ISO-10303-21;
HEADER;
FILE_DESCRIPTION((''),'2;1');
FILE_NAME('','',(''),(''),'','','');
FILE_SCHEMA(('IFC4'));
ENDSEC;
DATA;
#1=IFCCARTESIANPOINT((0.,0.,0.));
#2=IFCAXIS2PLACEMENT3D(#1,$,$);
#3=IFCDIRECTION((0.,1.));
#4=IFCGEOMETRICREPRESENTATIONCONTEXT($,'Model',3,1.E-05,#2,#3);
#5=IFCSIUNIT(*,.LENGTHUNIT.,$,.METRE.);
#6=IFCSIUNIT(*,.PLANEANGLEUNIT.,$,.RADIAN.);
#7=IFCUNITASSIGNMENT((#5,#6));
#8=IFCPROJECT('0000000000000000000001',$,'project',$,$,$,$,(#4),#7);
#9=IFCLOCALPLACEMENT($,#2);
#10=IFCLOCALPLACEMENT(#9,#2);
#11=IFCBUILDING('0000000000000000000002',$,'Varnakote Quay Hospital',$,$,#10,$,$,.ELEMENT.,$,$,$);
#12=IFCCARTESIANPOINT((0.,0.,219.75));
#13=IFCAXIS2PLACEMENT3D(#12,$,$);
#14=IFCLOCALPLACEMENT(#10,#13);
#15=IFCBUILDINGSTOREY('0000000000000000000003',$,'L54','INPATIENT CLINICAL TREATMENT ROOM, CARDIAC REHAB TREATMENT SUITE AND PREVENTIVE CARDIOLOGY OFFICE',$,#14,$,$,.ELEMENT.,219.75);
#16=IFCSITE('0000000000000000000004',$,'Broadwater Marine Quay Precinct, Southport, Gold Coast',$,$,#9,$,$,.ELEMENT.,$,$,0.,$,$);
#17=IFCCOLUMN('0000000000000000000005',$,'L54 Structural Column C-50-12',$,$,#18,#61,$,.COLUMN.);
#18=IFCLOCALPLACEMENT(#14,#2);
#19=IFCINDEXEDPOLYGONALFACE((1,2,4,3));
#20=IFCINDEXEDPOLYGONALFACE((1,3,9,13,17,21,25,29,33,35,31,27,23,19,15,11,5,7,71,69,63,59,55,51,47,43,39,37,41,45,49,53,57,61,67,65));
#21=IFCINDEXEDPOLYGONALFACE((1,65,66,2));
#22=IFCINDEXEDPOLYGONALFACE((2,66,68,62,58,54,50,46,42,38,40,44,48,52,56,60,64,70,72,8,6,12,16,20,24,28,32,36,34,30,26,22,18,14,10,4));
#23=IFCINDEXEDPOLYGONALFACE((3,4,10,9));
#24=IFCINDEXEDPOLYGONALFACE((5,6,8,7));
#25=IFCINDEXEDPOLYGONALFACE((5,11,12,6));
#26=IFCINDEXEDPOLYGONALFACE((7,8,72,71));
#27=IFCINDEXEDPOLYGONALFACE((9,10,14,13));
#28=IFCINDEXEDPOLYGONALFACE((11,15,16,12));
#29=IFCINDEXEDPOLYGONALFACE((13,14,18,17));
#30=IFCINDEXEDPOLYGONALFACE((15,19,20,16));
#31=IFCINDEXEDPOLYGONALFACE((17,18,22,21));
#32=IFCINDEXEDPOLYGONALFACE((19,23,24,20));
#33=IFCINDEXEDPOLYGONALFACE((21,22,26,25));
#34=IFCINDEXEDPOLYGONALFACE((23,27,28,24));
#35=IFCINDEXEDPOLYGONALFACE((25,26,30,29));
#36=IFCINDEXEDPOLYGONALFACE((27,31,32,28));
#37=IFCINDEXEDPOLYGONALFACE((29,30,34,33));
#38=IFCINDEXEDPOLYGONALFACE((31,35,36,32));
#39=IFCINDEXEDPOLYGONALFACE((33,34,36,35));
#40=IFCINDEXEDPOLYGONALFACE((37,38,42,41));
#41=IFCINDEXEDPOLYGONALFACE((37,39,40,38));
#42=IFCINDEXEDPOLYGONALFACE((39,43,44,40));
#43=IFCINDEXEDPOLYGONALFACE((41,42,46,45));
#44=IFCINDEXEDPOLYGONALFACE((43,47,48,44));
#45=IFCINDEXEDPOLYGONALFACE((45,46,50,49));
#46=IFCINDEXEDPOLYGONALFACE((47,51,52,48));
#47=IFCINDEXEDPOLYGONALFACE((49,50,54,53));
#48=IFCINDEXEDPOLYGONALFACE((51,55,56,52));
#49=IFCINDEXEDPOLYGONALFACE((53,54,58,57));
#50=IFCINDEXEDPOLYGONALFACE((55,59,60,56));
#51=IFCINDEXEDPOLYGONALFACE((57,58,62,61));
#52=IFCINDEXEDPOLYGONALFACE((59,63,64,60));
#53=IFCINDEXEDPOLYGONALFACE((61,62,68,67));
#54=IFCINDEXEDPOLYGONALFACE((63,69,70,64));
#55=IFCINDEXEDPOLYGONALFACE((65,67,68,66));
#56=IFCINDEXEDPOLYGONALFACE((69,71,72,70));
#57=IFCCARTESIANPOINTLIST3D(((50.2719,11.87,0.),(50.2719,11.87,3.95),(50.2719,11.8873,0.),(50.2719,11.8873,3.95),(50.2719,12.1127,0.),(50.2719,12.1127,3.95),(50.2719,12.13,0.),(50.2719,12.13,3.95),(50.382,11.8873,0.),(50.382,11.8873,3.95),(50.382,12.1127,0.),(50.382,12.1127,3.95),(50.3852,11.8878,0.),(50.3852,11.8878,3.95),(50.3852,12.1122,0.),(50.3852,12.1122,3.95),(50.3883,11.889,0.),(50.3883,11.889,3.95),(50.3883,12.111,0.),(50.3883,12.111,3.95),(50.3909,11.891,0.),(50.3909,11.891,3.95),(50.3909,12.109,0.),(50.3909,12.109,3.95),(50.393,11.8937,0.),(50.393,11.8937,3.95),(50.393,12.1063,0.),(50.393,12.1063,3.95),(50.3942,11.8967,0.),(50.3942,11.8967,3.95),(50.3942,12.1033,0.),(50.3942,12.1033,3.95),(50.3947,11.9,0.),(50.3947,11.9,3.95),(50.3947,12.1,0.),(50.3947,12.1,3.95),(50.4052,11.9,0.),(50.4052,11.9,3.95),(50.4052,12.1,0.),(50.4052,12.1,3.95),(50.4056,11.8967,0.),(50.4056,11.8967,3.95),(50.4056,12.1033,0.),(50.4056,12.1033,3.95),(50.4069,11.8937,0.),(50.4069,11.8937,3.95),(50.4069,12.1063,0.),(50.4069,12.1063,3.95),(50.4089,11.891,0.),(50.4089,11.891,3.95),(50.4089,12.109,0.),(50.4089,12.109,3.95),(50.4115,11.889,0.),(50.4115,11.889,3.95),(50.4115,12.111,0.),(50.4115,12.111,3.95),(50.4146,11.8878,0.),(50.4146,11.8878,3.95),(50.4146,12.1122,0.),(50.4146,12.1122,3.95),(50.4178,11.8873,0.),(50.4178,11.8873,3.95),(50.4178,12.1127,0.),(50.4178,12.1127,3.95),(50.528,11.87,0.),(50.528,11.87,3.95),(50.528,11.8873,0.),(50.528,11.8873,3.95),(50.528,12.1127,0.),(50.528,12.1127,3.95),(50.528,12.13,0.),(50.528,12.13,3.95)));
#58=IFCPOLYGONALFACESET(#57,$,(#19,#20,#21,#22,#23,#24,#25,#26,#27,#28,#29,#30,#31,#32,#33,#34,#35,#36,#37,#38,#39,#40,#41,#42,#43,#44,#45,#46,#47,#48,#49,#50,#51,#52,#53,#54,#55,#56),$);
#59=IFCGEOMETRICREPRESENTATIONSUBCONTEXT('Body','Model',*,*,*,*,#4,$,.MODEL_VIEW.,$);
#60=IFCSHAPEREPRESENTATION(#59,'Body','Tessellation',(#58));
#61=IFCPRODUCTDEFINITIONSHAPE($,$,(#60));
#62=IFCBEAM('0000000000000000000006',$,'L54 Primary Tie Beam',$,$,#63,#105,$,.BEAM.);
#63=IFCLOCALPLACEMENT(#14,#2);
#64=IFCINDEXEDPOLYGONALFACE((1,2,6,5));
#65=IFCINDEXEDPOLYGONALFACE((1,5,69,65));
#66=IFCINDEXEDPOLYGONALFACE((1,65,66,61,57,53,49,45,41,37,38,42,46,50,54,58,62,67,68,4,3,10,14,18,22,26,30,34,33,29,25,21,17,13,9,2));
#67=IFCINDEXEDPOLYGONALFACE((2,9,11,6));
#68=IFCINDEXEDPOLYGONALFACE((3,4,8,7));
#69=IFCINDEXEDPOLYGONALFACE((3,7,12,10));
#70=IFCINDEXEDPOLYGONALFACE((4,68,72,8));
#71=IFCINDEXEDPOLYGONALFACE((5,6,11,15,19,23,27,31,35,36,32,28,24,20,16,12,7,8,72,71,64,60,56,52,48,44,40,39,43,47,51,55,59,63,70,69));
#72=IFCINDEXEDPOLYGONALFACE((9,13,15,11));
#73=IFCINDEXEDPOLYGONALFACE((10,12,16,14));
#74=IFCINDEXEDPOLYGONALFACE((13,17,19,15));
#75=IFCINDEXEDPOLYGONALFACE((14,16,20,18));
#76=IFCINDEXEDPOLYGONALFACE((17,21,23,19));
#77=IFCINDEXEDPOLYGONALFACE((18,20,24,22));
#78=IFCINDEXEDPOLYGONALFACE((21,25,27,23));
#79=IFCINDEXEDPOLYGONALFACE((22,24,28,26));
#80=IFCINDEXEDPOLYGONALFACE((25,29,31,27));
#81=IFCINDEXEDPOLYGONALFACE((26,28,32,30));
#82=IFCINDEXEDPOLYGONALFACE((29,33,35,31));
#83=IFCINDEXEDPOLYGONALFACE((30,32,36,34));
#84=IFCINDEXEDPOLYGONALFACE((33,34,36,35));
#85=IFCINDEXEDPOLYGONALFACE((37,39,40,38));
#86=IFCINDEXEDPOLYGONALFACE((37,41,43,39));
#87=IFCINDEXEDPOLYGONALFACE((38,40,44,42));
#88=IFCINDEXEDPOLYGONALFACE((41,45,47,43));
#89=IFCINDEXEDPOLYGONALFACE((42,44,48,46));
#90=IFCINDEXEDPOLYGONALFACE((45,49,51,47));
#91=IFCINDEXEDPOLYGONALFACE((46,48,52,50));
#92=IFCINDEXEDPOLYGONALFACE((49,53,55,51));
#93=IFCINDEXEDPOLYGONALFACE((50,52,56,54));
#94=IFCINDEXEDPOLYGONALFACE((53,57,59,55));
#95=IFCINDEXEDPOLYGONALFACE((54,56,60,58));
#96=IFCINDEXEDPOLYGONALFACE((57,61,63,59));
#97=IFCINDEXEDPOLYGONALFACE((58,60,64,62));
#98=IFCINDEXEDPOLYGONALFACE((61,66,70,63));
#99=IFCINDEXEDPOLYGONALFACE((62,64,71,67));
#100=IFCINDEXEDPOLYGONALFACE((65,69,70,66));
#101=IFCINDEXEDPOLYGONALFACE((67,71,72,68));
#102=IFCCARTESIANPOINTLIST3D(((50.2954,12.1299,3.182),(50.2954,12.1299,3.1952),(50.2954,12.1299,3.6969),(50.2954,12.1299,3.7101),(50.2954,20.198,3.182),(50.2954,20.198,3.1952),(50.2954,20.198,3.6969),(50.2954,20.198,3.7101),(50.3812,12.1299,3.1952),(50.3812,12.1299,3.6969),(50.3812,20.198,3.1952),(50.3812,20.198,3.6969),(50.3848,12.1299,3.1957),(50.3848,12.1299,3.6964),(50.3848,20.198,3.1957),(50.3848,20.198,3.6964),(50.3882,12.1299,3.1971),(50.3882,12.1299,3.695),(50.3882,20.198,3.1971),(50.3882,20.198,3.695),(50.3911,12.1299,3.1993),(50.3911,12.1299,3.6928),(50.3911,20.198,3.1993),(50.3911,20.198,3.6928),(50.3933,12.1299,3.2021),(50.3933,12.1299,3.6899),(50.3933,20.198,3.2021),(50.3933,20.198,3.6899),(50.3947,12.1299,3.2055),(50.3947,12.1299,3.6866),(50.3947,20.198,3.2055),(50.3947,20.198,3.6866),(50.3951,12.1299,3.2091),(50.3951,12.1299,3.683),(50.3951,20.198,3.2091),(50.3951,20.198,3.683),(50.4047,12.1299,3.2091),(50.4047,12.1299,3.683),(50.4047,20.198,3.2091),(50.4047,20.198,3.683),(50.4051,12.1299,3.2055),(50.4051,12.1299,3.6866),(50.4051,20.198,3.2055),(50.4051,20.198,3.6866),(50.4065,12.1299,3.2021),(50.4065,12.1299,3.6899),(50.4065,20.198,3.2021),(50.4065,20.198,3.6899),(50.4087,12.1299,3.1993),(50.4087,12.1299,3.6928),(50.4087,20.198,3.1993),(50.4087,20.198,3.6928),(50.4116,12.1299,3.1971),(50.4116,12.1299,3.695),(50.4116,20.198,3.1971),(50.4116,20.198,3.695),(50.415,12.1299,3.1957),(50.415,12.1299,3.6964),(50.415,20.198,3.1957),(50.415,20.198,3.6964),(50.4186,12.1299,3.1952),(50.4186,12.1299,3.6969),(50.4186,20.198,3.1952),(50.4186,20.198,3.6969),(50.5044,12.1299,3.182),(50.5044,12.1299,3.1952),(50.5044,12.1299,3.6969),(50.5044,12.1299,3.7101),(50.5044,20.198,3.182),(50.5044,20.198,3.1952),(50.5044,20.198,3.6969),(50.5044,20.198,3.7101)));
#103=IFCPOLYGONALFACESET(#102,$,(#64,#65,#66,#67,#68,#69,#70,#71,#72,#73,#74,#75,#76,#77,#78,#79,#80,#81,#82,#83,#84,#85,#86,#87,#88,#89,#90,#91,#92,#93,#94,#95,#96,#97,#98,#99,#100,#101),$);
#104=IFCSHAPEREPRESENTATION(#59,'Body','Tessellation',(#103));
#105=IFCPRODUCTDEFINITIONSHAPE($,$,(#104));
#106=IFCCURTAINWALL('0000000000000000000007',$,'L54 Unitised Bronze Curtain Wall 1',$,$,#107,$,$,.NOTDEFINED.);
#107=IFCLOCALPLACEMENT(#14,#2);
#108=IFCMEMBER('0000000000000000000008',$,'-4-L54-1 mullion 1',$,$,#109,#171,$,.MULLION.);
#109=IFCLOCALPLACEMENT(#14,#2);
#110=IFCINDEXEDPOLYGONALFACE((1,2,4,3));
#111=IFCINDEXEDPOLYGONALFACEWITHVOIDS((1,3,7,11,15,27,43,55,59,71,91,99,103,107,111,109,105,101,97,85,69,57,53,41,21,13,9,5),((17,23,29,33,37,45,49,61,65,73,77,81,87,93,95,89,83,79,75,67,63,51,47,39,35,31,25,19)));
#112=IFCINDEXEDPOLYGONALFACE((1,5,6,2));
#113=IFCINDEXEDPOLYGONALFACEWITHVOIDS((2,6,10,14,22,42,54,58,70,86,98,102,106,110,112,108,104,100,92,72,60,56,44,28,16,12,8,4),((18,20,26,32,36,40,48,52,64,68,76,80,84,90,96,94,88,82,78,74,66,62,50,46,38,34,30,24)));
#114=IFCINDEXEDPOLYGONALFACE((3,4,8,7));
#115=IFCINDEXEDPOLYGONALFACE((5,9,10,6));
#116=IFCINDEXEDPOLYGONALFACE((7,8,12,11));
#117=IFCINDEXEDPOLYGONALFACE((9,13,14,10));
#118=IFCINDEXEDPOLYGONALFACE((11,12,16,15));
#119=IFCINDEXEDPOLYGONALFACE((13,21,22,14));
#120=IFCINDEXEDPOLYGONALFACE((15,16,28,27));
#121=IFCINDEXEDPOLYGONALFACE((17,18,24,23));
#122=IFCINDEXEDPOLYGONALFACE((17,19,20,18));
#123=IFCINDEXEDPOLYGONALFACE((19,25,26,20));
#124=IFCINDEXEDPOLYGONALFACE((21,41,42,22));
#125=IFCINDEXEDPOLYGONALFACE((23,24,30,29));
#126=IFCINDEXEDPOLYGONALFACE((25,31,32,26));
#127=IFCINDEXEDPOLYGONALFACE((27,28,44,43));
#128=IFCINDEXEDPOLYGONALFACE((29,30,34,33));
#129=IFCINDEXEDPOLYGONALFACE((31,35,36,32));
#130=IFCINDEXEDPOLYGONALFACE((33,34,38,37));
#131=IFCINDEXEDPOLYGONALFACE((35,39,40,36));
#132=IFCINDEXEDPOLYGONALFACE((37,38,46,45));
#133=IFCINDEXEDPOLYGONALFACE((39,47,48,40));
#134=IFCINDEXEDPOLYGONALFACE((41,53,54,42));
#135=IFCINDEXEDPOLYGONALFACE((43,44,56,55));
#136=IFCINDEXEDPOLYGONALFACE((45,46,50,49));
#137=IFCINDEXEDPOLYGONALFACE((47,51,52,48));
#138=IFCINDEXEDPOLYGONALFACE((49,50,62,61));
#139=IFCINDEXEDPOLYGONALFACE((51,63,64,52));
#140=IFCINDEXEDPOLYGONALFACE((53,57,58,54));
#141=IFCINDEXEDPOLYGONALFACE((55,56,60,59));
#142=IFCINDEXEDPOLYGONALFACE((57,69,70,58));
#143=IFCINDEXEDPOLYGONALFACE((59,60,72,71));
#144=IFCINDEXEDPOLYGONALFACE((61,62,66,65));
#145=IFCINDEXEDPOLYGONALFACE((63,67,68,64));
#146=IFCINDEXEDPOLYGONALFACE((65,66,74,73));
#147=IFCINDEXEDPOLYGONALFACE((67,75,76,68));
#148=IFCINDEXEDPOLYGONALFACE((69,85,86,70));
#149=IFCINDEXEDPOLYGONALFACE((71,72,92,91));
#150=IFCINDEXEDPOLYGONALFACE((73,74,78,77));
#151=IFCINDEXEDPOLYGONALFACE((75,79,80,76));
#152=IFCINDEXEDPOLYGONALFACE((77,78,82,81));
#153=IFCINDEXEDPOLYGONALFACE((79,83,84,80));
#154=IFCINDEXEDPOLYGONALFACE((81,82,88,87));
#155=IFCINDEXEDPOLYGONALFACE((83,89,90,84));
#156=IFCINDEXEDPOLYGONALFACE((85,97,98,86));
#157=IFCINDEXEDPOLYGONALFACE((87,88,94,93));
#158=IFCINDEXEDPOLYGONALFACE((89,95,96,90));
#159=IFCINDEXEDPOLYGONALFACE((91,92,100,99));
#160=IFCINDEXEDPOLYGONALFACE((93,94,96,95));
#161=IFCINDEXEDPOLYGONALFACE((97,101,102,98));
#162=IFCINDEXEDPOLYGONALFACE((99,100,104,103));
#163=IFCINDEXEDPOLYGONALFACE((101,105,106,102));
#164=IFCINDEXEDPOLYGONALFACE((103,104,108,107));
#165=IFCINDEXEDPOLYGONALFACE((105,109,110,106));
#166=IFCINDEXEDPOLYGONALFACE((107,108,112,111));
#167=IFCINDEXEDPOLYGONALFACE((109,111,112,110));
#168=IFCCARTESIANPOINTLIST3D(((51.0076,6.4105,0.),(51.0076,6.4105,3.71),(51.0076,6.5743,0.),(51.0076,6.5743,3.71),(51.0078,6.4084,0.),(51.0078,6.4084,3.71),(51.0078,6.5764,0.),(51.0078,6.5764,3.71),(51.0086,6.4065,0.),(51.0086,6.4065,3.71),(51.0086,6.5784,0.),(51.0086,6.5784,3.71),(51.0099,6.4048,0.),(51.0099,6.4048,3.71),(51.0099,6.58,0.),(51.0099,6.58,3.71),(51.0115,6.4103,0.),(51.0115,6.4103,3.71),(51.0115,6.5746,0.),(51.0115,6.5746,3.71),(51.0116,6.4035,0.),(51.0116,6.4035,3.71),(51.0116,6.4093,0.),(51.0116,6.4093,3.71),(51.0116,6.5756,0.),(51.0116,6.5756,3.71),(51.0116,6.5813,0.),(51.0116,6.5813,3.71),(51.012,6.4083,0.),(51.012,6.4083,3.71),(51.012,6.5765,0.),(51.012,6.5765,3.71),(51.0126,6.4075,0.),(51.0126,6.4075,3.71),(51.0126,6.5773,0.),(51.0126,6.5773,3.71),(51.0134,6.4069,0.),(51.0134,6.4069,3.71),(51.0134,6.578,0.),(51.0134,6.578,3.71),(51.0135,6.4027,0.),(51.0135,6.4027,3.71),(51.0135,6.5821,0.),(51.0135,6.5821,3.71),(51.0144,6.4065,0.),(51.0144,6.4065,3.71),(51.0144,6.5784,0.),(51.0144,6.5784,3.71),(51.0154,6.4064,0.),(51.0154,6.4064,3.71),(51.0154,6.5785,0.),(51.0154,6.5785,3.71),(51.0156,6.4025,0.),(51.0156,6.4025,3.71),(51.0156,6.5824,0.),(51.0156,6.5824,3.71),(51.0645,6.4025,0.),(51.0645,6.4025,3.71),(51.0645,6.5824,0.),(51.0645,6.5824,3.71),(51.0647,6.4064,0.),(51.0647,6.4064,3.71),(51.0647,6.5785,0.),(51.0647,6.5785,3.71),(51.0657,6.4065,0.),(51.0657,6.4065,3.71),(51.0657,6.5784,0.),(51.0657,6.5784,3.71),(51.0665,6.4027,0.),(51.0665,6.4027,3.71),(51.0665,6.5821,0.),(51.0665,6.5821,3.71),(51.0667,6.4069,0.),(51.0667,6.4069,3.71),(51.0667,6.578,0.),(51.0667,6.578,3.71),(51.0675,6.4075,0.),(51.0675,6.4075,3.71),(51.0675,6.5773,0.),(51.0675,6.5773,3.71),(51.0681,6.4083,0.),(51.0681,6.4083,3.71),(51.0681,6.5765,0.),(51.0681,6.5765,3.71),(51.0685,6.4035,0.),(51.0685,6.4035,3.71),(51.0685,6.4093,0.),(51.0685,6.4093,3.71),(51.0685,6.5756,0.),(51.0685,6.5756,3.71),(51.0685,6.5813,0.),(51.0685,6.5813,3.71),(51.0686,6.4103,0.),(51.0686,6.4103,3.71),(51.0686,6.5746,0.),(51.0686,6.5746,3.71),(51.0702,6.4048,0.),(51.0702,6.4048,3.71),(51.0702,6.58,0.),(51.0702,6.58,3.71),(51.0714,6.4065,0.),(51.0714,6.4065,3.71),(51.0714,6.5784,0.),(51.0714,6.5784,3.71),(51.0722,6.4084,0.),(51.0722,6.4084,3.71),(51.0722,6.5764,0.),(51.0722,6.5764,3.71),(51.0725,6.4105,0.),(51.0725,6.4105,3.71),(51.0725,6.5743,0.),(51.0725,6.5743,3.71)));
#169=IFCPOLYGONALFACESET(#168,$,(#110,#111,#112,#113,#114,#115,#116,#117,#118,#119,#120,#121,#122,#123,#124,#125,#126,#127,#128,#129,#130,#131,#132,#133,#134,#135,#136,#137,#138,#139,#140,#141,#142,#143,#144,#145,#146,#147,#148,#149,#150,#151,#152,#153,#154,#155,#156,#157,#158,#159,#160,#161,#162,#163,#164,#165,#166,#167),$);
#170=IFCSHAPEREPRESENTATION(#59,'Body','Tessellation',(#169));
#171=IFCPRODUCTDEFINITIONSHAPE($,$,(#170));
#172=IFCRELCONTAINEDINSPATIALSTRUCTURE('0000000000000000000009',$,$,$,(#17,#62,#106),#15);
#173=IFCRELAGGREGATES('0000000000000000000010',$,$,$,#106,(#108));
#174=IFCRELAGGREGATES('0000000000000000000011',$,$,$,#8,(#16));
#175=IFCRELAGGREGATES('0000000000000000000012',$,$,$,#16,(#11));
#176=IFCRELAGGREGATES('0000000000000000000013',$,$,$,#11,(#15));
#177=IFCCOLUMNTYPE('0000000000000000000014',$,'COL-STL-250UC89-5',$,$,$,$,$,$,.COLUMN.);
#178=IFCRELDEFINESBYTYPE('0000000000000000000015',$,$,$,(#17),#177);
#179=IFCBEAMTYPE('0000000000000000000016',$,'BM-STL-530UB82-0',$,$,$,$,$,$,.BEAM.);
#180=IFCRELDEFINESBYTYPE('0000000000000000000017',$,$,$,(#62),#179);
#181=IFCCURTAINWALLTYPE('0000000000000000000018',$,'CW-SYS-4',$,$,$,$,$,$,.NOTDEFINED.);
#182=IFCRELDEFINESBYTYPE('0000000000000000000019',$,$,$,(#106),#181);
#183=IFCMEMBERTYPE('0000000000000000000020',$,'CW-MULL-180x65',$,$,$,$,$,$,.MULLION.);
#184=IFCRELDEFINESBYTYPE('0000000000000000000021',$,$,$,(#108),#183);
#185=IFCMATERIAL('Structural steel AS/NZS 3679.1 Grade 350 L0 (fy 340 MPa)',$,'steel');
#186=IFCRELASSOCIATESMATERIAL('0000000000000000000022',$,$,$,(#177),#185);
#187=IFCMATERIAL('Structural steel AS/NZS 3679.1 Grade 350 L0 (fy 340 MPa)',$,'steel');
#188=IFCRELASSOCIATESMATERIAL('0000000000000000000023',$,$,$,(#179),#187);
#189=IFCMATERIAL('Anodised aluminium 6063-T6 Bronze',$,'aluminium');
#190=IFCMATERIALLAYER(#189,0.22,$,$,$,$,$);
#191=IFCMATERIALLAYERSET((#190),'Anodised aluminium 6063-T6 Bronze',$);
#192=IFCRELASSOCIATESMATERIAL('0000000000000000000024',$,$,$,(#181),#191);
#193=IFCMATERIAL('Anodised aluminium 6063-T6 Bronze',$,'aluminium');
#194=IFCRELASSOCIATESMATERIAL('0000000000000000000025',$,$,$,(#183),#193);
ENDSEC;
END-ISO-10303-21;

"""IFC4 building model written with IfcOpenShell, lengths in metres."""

from ifc_helpers import new_model, si_unit, direction, frame, origin, origin_2d, place, context, subcontext, project, spatial, hollow_rectangle, i_section, extrude, material, layer, layer_set, material_profile, profile_set, type_object, element, aggregate, save


model = new_model("IFC4")

# Units and contexts
model_context = context("Model", 3, precision=1e-05, world=origin(), true_north=direction((0.0, 1.0)))
body_context = subcontext(model_context, "Body", "Model", "MODEL_VIEW")
ifc_project = project(units=[si_unit("LENGTHUNIT", "METRE"), si_unit("PLANEANGLEUNIT", "RADIAN")], contexts=[model_context])

# Site, building, storey
site_placement = place(None, origin())
site = spatial("IfcSite", under=ifc_project, at=site_placement, Name="Broadwater Marine Quay Precinct, Southport, Gold Coast", CompositionType="ELEMENT", RefElevation=0.0)
building_placement = place(site_placement, origin())
building = spatial("IfcBuilding", under=site, at=building_placement, Name="Varnakote Quay Hospital", CompositionType="ELEMENT")
storey_placement = place(building_placement, frame((0.0, 0.0, 219.75)))
storey = spatial("IfcBuildingStorey", under=building, at=storey_placement, Name="L54", Description="INPATIENT CLINICAL TREATMENT ROOM, CARDIAC REHAB TREATMENT SUITE AND PREVENTIVE CARDIOLOGY OFFICE", CompositionType="ELEMENT", Elevation=219.75)

# Column
ifc_material_1 = material(Name="Structural steel AS/NZS 3679.1 Grade 350 L0 (fy 340 MPa)", Category="steel")
ifc_material_profile_1 = material_profile(ifc_material_1, i_section(OverallWidth=0.2561, OverallDepth=0.26, WebThickness=0.0105, FlangeThickness=0.0173, FilletRadius=0.0127, at=origin_2d()), Name="250UC89.5")
ifc_profile_set_1 = profile_set([ifc_material_profile_1], Name="Structural steel AS/NZS 3679.1 Grade 350 L0 (fy 340 MPa)")
column_type = type_object("IfcColumnType", Name="COL-STL-250UC89-5", PredefinedType="COLUMN", material=ifc_profile_set_1)
column_placement = place(storey_placement, frame((50.3999, 12.0, 0.0), z_axis=(0.0, 0.0, 1.0), x_axis=(1.0, 0.0, 0.0)))
element("IfcColumn", 1, at=column_placement, inside=storey, type_object=column_type, Name="L54 Structural Column C-50-12", PredefinedType="COLUMN", context=body_context, shape_type="SweptSolid", body=[
    extrude(i_section(OverallWidth=0.2561, OverallDepth=0.26, WebThickness=0.0105, FlangeThickness=0.0173, FilletRadius=0.0127, at=origin_2d()), origin(), (0.0, 0.0, 1.0), 3.95),
])

# Beam
ifc_material_2 = material(Name="Structural steel AS/NZS 3679.1 Grade 350 L0 (fy 340 MPa)", Category="steel")
ifc_material_profile_2 = material_profile(ifc_material_2, i_section(OverallWidth=0.209, OverallDepth=0.5281, WebThickness=0.0095, FlangeThickness=0.0132, FilletRadius=0.0139, at=origin_2d()), Name="530UB82.0")
ifc_profile_set_2 = profile_set([ifc_material_profile_2], Name="Structural steel AS/NZS 3679.1 Grade 350 L0 (fy 340 MPa)")
beam_type = type_object("IfcBeamType", Name="BM-STL-530UB82-0", PredefinedType="BEAM", material=ifc_profile_set_2)
beam_placement = place(storey_placement, frame((50.3999, 12.1299, 3.446), z_axis=(0.0, 1.0, 0.0), x_axis=(-1.0, 0.0, 0.0)))
element("IfcBeam", 2, at=beam_placement, inside=storey, type_object=beam_type, Name="L54 Primary Tie Beam", PredefinedType="BEAM", context=body_context, shape_type="SweptSolid", body=[
    extrude(i_section(OverallWidth=0.209, OverallDepth=0.5281, WebThickness=0.0095, FlangeThickness=0.0132, FilletRadius=0.0139, at=origin_2d()), origin(), (0.0, 0.0, 1.0), 8.0681),
])

# Curtain wall, member
ifc_material_3 = material(Name="Anodised aluminium 6063-T6 Bronze", Category="aluminium")
ifc_layer_1 = layer(ifc_material_3, 0.22)
ifc_layer_set_1 = layer_set([ifc_layer_1], Name="Anodised aluminium 6063-T6 Bronze")
curtain_wall_type = type_object("IfcCurtainWallType", Name="CW-SYS-4", PredefinedType="NOTDEFINED", material=ifc_layer_set_1)
curtain_wall_placement = place(storey_placement, origin())
curtain_wall = element("IfcCurtainWall", 3, at=curtain_wall_placement, inside=storey, type_object=curtain_wall_type, Name="L54 Unitised Bronze Curtain Wall 1", PredefinedType="NOTDEFINED")
ifc_material_4 = material(Name="Anodised aluminium 6063-T6 Bronze", Category="aluminium")
ifc_material_profile_3 = material_profile(ifc_material_4, hollow_rectangle(XDim=0.0649, YDim=0.1799, WallThickness=0.0039, InnerFilletRadius=0.0039, OuterFilletRadius=0.0081, at=origin_2d()), Name="CW-MULL-180x65")
ifc_profile_set_3 = profile_set([ifc_material_profile_3], Name="Anodised aluminium 6063-T6 Bronze")
member_type_1 = type_object("IfcMemberType", Name="CW-MULL-180x65", PredefinedType="MULLION", material=ifc_profile_set_3)
member_1_placement = place(storey_placement, frame((51.04, 6.4924, 0.0), z_axis=(0.0, 0.0, 1.0), x_axis=(-1.0, 0.0, 0.0)))
member_1 = element("IfcMember", 4, at=member_1_placement, type_object=member_type_1, Name="-4-L54-1 mullion 1", PredefinedType="MULLION", context=body_context, shape_type="SweptSolid", body=[
    extrude(hollow_rectangle(XDim=0.0649, YDim=0.1799, WallThickness=0.0039, InnerFilletRadius=0.0039, OuterFilletRadius=0.0081, at=origin_2d()), origin(), (0.0, 0.0, 1.0), 3.71),
])
aggregate(curtain_wall, [member_1])

save(model, "model.ifc")
